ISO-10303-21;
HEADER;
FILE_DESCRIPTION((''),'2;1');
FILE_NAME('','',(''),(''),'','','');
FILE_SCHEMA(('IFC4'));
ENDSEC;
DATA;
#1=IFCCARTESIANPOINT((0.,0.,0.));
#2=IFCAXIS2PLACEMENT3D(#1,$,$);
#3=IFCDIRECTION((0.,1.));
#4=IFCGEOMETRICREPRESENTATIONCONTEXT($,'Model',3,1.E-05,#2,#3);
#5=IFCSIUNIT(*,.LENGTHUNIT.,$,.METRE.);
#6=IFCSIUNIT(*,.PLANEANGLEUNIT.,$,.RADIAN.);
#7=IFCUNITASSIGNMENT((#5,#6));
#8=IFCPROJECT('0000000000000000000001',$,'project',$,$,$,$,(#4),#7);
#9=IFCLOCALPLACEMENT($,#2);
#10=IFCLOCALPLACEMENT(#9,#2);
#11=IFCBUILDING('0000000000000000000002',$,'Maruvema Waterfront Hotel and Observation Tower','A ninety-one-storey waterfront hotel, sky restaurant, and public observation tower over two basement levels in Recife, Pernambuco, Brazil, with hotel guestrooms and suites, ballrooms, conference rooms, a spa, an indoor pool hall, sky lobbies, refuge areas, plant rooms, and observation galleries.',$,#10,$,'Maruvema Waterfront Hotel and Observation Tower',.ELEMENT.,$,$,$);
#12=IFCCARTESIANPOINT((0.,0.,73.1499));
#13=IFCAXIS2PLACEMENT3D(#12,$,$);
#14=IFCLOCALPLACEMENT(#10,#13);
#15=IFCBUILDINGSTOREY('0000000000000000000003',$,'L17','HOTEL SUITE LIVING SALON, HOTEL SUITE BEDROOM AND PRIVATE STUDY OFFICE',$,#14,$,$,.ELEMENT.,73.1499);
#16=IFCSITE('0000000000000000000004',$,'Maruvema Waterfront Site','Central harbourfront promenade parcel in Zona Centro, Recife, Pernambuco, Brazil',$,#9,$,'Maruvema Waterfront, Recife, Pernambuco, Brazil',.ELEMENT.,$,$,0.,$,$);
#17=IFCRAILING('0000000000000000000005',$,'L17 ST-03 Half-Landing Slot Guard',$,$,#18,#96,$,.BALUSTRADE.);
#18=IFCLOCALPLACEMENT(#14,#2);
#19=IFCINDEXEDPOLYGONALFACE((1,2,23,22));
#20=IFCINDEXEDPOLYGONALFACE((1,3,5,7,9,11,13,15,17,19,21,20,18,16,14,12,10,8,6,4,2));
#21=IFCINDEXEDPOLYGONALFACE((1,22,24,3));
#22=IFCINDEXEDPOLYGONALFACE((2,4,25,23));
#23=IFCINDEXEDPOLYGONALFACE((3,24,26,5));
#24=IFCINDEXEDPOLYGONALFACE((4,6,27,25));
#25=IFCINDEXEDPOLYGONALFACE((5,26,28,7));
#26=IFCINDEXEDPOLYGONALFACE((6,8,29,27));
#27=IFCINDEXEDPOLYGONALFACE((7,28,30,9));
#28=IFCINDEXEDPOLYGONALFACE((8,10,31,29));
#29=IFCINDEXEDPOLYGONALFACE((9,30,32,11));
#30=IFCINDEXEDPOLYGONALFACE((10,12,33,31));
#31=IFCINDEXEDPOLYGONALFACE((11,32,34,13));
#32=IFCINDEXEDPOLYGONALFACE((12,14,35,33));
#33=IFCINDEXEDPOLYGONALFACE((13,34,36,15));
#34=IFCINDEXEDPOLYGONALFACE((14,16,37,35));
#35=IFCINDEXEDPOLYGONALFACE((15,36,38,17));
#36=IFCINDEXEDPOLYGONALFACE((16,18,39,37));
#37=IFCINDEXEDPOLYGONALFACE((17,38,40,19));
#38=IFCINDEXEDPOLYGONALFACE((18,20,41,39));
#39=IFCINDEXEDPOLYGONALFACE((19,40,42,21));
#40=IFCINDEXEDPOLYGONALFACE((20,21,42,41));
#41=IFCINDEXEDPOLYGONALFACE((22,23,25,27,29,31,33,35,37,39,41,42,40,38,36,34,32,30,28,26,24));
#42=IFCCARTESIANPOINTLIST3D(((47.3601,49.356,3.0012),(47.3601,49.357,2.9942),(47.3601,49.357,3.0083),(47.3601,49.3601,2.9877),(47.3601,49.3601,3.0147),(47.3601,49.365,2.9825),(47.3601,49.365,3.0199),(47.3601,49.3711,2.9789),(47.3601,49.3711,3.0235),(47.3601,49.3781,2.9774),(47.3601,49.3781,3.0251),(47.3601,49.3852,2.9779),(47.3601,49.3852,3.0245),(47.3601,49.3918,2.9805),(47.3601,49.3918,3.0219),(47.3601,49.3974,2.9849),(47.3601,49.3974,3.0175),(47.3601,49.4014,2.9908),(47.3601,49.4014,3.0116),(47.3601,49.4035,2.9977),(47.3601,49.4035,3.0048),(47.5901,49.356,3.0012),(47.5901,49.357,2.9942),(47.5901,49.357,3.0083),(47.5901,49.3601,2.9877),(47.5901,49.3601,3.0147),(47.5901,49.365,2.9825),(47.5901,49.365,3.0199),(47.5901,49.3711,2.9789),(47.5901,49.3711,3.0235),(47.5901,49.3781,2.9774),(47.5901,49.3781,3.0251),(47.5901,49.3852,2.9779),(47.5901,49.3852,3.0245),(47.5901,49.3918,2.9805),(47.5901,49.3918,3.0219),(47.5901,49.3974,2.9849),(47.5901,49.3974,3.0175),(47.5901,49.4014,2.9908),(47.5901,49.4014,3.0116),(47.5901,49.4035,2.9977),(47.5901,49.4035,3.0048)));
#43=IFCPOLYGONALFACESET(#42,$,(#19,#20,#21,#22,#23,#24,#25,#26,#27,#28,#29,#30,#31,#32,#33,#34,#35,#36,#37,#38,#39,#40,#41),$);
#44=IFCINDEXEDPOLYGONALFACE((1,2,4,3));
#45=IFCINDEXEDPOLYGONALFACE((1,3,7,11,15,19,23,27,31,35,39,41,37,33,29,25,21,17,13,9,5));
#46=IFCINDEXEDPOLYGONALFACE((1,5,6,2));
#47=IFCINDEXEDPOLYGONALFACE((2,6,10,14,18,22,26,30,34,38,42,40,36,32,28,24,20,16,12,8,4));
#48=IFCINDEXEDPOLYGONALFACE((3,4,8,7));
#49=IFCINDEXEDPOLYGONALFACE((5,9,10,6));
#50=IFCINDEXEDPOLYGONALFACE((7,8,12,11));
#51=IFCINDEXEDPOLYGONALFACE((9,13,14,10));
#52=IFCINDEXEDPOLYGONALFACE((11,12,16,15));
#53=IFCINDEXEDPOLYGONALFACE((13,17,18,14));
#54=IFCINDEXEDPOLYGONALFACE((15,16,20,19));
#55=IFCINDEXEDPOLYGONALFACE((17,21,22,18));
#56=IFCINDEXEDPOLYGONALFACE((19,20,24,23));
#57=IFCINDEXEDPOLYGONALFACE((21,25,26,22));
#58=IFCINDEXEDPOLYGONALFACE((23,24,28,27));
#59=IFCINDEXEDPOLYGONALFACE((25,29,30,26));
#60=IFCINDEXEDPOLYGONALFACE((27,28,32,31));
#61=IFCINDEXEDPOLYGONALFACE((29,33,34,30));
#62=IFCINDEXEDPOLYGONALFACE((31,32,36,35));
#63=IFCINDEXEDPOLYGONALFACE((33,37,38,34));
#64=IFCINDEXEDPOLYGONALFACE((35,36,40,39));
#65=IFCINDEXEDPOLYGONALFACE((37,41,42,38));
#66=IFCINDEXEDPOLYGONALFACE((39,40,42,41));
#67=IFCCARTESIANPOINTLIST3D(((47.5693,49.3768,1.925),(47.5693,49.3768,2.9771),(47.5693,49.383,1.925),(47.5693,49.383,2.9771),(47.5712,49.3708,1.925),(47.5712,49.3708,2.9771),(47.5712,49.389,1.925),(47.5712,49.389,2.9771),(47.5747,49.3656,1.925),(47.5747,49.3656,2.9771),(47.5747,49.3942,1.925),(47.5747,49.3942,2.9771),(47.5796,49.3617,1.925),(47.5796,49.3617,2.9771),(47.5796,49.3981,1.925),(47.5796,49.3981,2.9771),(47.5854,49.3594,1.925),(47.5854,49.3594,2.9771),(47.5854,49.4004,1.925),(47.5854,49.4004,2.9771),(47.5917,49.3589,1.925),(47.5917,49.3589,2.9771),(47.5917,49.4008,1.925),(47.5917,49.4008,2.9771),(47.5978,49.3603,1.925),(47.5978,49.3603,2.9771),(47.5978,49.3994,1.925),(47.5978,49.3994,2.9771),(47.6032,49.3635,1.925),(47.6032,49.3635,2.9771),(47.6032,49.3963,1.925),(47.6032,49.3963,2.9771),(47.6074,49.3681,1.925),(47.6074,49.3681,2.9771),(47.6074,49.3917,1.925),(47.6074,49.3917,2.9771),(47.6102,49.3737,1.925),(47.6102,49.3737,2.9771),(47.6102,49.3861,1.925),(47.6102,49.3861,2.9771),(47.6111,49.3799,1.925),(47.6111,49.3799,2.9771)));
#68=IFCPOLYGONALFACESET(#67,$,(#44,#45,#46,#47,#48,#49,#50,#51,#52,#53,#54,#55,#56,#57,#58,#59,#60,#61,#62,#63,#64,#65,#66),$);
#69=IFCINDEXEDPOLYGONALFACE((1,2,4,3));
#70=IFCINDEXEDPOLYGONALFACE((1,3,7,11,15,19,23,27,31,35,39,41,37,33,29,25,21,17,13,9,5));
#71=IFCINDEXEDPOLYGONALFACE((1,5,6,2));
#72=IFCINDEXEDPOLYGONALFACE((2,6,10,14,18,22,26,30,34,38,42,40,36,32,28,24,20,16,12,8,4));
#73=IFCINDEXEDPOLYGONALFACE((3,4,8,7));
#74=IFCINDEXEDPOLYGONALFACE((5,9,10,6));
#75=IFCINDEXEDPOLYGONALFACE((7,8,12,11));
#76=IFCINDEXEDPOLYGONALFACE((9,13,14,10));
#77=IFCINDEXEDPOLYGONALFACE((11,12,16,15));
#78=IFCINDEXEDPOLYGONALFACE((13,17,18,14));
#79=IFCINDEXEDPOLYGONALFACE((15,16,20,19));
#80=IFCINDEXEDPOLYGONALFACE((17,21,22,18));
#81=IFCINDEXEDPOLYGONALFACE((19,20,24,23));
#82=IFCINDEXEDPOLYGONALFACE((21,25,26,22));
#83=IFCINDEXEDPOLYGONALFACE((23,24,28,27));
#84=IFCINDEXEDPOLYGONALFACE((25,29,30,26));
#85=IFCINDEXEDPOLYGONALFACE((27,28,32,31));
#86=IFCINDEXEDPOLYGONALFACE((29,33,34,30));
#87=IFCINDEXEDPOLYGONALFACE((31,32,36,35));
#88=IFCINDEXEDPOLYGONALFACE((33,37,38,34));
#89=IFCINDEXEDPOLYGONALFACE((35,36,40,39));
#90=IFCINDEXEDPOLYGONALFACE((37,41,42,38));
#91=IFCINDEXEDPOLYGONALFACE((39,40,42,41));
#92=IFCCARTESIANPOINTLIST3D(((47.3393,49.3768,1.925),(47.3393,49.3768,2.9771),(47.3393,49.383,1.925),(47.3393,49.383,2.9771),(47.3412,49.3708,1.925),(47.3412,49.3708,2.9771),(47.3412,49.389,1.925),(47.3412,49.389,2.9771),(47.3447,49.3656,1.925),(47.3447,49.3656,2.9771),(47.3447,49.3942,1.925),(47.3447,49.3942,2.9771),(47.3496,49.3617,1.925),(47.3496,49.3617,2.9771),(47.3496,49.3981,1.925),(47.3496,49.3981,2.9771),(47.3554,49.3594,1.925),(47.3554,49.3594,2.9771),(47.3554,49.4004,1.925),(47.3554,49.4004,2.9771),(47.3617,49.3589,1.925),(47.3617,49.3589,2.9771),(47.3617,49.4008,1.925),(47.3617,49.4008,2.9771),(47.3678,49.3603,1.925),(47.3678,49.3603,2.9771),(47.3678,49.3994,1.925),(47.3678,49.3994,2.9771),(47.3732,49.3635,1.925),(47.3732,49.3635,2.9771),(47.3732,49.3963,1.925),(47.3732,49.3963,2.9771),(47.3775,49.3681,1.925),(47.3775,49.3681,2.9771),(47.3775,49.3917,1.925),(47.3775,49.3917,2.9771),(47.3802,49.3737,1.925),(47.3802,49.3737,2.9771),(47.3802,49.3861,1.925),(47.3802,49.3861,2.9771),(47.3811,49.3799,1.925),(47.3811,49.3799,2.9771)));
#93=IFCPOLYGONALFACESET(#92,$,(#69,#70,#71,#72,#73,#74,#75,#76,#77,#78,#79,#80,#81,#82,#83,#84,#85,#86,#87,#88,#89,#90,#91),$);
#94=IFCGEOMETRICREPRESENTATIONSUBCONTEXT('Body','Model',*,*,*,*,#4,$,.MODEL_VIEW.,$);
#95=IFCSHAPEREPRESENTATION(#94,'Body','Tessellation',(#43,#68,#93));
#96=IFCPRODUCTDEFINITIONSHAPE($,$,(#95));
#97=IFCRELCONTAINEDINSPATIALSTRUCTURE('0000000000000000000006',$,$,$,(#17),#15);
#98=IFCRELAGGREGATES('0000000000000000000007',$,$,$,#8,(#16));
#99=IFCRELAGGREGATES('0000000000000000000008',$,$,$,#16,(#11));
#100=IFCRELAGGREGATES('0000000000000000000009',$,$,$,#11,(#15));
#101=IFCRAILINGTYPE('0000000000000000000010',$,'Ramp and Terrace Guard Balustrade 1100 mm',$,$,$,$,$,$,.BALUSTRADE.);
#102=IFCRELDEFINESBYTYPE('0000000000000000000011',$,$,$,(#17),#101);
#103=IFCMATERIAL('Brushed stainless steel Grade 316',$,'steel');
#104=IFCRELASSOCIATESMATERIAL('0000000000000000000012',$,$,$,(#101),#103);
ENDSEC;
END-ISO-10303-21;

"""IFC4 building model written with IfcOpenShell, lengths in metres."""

from ifc_helpers import new_model, si_unit, direction, frame, origin, origin_2d, place, context, subcontext, project, spatial, circle, extrude, material, type_object, element, save


model = new_model("IFC4")

# Units and contexts
model_context = context("Model", 3, precision=1e-05, world=origin(), true_north=direction((0.0, 1.0)))
body_context = subcontext(model_context, "Body", "Model", "MODEL_VIEW")
ifc_project = project(units=[si_unit("LENGTHUNIT", "METRE"), si_unit("PLANEANGLEUNIT", "RADIAN")], contexts=[model_context])

# Site, building, storey
site_placement = place(None, origin())
site = spatial("IfcSite", under=ifc_project, at=site_placement, Name="Maruvema Waterfront Site", Description="Central harbourfront promenade parcel in Zona Centro, Recife, Pernambuco, Brazil", LongName="Maruvema Waterfront, Recife, Pernambuco, Brazil", CompositionType="ELEMENT", RefElevation=0.0)
building_placement = place(site_placement, origin())
building = spatial("IfcBuilding", under=site, at=building_placement, Name="Maruvema Waterfront Hotel and Observation Tower", Description="A ninety-one-storey waterfront hotel, sky restaurant, and public observation tower over two basement levels in Recife, Pernambuco, Brazil, with hotel guestrooms and suites, ballrooms, conference rooms, a spa, an indoor pool hall, sky lobbies, refuge areas, plant rooms, and observation galleries.", LongName="Maruvema Waterfront Hotel and Observation Tower", CompositionType="ELEMENT")
storey_placement = place(building_placement, frame((0.0, 0.0, 73.1499)))
storey = spatial("IfcBuildingStorey", under=building, at=storey_placement, Name="L17", Description="HOTEL SUITE LIVING SALON, HOTEL SUITE BEDROOM AND PRIVATE STUDY OFFICE", CompositionType="ELEMENT", Elevation=73.1499)

# Railing
ifc_material_1 = material(Name="Brushed stainless steel Grade 316", Category="steel")
railing_type_1 = type_object("IfcRailingType", Name="Ramp and Terrace Guard Balustrade 1100 mm", PredefinedType="BALUSTRADE", material=ifc_material_1)
railing_1_placement = place(storey_placement, frame((47.5901, 49.3799, 1.925)))
element("IfcRailing", 1, at=railing_1_placement, inside=storey, type_object=railing_type_1, Name="L17 ST-03 Half-Landing Slot Guard", PredefinedType="BALUSTRADE", context=body_context, shape_type="SweptSolid", body=[
    extrude(circle(Radius=0.0239, at=origin_2d()), frame((0.0, 0.0, 1.0762), z_axis=(-1.0, 0.0, 0.0), x_axis=(0.0, -1.0, 0.0)), (0.0, 0.0, 1.0), 0.23),
    extrude(circle(Radius=0.021, at=origin_2d()), origin(), (0.0, 0.0, 1.0), 1.052),
    extrude(circle(Radius=0.021, at=origin_2d()), frame((-0.23, 0.0, 0.0)), (0.0, 0.0, 1.0), 1.052),
])

save(model, "model.ifc")
